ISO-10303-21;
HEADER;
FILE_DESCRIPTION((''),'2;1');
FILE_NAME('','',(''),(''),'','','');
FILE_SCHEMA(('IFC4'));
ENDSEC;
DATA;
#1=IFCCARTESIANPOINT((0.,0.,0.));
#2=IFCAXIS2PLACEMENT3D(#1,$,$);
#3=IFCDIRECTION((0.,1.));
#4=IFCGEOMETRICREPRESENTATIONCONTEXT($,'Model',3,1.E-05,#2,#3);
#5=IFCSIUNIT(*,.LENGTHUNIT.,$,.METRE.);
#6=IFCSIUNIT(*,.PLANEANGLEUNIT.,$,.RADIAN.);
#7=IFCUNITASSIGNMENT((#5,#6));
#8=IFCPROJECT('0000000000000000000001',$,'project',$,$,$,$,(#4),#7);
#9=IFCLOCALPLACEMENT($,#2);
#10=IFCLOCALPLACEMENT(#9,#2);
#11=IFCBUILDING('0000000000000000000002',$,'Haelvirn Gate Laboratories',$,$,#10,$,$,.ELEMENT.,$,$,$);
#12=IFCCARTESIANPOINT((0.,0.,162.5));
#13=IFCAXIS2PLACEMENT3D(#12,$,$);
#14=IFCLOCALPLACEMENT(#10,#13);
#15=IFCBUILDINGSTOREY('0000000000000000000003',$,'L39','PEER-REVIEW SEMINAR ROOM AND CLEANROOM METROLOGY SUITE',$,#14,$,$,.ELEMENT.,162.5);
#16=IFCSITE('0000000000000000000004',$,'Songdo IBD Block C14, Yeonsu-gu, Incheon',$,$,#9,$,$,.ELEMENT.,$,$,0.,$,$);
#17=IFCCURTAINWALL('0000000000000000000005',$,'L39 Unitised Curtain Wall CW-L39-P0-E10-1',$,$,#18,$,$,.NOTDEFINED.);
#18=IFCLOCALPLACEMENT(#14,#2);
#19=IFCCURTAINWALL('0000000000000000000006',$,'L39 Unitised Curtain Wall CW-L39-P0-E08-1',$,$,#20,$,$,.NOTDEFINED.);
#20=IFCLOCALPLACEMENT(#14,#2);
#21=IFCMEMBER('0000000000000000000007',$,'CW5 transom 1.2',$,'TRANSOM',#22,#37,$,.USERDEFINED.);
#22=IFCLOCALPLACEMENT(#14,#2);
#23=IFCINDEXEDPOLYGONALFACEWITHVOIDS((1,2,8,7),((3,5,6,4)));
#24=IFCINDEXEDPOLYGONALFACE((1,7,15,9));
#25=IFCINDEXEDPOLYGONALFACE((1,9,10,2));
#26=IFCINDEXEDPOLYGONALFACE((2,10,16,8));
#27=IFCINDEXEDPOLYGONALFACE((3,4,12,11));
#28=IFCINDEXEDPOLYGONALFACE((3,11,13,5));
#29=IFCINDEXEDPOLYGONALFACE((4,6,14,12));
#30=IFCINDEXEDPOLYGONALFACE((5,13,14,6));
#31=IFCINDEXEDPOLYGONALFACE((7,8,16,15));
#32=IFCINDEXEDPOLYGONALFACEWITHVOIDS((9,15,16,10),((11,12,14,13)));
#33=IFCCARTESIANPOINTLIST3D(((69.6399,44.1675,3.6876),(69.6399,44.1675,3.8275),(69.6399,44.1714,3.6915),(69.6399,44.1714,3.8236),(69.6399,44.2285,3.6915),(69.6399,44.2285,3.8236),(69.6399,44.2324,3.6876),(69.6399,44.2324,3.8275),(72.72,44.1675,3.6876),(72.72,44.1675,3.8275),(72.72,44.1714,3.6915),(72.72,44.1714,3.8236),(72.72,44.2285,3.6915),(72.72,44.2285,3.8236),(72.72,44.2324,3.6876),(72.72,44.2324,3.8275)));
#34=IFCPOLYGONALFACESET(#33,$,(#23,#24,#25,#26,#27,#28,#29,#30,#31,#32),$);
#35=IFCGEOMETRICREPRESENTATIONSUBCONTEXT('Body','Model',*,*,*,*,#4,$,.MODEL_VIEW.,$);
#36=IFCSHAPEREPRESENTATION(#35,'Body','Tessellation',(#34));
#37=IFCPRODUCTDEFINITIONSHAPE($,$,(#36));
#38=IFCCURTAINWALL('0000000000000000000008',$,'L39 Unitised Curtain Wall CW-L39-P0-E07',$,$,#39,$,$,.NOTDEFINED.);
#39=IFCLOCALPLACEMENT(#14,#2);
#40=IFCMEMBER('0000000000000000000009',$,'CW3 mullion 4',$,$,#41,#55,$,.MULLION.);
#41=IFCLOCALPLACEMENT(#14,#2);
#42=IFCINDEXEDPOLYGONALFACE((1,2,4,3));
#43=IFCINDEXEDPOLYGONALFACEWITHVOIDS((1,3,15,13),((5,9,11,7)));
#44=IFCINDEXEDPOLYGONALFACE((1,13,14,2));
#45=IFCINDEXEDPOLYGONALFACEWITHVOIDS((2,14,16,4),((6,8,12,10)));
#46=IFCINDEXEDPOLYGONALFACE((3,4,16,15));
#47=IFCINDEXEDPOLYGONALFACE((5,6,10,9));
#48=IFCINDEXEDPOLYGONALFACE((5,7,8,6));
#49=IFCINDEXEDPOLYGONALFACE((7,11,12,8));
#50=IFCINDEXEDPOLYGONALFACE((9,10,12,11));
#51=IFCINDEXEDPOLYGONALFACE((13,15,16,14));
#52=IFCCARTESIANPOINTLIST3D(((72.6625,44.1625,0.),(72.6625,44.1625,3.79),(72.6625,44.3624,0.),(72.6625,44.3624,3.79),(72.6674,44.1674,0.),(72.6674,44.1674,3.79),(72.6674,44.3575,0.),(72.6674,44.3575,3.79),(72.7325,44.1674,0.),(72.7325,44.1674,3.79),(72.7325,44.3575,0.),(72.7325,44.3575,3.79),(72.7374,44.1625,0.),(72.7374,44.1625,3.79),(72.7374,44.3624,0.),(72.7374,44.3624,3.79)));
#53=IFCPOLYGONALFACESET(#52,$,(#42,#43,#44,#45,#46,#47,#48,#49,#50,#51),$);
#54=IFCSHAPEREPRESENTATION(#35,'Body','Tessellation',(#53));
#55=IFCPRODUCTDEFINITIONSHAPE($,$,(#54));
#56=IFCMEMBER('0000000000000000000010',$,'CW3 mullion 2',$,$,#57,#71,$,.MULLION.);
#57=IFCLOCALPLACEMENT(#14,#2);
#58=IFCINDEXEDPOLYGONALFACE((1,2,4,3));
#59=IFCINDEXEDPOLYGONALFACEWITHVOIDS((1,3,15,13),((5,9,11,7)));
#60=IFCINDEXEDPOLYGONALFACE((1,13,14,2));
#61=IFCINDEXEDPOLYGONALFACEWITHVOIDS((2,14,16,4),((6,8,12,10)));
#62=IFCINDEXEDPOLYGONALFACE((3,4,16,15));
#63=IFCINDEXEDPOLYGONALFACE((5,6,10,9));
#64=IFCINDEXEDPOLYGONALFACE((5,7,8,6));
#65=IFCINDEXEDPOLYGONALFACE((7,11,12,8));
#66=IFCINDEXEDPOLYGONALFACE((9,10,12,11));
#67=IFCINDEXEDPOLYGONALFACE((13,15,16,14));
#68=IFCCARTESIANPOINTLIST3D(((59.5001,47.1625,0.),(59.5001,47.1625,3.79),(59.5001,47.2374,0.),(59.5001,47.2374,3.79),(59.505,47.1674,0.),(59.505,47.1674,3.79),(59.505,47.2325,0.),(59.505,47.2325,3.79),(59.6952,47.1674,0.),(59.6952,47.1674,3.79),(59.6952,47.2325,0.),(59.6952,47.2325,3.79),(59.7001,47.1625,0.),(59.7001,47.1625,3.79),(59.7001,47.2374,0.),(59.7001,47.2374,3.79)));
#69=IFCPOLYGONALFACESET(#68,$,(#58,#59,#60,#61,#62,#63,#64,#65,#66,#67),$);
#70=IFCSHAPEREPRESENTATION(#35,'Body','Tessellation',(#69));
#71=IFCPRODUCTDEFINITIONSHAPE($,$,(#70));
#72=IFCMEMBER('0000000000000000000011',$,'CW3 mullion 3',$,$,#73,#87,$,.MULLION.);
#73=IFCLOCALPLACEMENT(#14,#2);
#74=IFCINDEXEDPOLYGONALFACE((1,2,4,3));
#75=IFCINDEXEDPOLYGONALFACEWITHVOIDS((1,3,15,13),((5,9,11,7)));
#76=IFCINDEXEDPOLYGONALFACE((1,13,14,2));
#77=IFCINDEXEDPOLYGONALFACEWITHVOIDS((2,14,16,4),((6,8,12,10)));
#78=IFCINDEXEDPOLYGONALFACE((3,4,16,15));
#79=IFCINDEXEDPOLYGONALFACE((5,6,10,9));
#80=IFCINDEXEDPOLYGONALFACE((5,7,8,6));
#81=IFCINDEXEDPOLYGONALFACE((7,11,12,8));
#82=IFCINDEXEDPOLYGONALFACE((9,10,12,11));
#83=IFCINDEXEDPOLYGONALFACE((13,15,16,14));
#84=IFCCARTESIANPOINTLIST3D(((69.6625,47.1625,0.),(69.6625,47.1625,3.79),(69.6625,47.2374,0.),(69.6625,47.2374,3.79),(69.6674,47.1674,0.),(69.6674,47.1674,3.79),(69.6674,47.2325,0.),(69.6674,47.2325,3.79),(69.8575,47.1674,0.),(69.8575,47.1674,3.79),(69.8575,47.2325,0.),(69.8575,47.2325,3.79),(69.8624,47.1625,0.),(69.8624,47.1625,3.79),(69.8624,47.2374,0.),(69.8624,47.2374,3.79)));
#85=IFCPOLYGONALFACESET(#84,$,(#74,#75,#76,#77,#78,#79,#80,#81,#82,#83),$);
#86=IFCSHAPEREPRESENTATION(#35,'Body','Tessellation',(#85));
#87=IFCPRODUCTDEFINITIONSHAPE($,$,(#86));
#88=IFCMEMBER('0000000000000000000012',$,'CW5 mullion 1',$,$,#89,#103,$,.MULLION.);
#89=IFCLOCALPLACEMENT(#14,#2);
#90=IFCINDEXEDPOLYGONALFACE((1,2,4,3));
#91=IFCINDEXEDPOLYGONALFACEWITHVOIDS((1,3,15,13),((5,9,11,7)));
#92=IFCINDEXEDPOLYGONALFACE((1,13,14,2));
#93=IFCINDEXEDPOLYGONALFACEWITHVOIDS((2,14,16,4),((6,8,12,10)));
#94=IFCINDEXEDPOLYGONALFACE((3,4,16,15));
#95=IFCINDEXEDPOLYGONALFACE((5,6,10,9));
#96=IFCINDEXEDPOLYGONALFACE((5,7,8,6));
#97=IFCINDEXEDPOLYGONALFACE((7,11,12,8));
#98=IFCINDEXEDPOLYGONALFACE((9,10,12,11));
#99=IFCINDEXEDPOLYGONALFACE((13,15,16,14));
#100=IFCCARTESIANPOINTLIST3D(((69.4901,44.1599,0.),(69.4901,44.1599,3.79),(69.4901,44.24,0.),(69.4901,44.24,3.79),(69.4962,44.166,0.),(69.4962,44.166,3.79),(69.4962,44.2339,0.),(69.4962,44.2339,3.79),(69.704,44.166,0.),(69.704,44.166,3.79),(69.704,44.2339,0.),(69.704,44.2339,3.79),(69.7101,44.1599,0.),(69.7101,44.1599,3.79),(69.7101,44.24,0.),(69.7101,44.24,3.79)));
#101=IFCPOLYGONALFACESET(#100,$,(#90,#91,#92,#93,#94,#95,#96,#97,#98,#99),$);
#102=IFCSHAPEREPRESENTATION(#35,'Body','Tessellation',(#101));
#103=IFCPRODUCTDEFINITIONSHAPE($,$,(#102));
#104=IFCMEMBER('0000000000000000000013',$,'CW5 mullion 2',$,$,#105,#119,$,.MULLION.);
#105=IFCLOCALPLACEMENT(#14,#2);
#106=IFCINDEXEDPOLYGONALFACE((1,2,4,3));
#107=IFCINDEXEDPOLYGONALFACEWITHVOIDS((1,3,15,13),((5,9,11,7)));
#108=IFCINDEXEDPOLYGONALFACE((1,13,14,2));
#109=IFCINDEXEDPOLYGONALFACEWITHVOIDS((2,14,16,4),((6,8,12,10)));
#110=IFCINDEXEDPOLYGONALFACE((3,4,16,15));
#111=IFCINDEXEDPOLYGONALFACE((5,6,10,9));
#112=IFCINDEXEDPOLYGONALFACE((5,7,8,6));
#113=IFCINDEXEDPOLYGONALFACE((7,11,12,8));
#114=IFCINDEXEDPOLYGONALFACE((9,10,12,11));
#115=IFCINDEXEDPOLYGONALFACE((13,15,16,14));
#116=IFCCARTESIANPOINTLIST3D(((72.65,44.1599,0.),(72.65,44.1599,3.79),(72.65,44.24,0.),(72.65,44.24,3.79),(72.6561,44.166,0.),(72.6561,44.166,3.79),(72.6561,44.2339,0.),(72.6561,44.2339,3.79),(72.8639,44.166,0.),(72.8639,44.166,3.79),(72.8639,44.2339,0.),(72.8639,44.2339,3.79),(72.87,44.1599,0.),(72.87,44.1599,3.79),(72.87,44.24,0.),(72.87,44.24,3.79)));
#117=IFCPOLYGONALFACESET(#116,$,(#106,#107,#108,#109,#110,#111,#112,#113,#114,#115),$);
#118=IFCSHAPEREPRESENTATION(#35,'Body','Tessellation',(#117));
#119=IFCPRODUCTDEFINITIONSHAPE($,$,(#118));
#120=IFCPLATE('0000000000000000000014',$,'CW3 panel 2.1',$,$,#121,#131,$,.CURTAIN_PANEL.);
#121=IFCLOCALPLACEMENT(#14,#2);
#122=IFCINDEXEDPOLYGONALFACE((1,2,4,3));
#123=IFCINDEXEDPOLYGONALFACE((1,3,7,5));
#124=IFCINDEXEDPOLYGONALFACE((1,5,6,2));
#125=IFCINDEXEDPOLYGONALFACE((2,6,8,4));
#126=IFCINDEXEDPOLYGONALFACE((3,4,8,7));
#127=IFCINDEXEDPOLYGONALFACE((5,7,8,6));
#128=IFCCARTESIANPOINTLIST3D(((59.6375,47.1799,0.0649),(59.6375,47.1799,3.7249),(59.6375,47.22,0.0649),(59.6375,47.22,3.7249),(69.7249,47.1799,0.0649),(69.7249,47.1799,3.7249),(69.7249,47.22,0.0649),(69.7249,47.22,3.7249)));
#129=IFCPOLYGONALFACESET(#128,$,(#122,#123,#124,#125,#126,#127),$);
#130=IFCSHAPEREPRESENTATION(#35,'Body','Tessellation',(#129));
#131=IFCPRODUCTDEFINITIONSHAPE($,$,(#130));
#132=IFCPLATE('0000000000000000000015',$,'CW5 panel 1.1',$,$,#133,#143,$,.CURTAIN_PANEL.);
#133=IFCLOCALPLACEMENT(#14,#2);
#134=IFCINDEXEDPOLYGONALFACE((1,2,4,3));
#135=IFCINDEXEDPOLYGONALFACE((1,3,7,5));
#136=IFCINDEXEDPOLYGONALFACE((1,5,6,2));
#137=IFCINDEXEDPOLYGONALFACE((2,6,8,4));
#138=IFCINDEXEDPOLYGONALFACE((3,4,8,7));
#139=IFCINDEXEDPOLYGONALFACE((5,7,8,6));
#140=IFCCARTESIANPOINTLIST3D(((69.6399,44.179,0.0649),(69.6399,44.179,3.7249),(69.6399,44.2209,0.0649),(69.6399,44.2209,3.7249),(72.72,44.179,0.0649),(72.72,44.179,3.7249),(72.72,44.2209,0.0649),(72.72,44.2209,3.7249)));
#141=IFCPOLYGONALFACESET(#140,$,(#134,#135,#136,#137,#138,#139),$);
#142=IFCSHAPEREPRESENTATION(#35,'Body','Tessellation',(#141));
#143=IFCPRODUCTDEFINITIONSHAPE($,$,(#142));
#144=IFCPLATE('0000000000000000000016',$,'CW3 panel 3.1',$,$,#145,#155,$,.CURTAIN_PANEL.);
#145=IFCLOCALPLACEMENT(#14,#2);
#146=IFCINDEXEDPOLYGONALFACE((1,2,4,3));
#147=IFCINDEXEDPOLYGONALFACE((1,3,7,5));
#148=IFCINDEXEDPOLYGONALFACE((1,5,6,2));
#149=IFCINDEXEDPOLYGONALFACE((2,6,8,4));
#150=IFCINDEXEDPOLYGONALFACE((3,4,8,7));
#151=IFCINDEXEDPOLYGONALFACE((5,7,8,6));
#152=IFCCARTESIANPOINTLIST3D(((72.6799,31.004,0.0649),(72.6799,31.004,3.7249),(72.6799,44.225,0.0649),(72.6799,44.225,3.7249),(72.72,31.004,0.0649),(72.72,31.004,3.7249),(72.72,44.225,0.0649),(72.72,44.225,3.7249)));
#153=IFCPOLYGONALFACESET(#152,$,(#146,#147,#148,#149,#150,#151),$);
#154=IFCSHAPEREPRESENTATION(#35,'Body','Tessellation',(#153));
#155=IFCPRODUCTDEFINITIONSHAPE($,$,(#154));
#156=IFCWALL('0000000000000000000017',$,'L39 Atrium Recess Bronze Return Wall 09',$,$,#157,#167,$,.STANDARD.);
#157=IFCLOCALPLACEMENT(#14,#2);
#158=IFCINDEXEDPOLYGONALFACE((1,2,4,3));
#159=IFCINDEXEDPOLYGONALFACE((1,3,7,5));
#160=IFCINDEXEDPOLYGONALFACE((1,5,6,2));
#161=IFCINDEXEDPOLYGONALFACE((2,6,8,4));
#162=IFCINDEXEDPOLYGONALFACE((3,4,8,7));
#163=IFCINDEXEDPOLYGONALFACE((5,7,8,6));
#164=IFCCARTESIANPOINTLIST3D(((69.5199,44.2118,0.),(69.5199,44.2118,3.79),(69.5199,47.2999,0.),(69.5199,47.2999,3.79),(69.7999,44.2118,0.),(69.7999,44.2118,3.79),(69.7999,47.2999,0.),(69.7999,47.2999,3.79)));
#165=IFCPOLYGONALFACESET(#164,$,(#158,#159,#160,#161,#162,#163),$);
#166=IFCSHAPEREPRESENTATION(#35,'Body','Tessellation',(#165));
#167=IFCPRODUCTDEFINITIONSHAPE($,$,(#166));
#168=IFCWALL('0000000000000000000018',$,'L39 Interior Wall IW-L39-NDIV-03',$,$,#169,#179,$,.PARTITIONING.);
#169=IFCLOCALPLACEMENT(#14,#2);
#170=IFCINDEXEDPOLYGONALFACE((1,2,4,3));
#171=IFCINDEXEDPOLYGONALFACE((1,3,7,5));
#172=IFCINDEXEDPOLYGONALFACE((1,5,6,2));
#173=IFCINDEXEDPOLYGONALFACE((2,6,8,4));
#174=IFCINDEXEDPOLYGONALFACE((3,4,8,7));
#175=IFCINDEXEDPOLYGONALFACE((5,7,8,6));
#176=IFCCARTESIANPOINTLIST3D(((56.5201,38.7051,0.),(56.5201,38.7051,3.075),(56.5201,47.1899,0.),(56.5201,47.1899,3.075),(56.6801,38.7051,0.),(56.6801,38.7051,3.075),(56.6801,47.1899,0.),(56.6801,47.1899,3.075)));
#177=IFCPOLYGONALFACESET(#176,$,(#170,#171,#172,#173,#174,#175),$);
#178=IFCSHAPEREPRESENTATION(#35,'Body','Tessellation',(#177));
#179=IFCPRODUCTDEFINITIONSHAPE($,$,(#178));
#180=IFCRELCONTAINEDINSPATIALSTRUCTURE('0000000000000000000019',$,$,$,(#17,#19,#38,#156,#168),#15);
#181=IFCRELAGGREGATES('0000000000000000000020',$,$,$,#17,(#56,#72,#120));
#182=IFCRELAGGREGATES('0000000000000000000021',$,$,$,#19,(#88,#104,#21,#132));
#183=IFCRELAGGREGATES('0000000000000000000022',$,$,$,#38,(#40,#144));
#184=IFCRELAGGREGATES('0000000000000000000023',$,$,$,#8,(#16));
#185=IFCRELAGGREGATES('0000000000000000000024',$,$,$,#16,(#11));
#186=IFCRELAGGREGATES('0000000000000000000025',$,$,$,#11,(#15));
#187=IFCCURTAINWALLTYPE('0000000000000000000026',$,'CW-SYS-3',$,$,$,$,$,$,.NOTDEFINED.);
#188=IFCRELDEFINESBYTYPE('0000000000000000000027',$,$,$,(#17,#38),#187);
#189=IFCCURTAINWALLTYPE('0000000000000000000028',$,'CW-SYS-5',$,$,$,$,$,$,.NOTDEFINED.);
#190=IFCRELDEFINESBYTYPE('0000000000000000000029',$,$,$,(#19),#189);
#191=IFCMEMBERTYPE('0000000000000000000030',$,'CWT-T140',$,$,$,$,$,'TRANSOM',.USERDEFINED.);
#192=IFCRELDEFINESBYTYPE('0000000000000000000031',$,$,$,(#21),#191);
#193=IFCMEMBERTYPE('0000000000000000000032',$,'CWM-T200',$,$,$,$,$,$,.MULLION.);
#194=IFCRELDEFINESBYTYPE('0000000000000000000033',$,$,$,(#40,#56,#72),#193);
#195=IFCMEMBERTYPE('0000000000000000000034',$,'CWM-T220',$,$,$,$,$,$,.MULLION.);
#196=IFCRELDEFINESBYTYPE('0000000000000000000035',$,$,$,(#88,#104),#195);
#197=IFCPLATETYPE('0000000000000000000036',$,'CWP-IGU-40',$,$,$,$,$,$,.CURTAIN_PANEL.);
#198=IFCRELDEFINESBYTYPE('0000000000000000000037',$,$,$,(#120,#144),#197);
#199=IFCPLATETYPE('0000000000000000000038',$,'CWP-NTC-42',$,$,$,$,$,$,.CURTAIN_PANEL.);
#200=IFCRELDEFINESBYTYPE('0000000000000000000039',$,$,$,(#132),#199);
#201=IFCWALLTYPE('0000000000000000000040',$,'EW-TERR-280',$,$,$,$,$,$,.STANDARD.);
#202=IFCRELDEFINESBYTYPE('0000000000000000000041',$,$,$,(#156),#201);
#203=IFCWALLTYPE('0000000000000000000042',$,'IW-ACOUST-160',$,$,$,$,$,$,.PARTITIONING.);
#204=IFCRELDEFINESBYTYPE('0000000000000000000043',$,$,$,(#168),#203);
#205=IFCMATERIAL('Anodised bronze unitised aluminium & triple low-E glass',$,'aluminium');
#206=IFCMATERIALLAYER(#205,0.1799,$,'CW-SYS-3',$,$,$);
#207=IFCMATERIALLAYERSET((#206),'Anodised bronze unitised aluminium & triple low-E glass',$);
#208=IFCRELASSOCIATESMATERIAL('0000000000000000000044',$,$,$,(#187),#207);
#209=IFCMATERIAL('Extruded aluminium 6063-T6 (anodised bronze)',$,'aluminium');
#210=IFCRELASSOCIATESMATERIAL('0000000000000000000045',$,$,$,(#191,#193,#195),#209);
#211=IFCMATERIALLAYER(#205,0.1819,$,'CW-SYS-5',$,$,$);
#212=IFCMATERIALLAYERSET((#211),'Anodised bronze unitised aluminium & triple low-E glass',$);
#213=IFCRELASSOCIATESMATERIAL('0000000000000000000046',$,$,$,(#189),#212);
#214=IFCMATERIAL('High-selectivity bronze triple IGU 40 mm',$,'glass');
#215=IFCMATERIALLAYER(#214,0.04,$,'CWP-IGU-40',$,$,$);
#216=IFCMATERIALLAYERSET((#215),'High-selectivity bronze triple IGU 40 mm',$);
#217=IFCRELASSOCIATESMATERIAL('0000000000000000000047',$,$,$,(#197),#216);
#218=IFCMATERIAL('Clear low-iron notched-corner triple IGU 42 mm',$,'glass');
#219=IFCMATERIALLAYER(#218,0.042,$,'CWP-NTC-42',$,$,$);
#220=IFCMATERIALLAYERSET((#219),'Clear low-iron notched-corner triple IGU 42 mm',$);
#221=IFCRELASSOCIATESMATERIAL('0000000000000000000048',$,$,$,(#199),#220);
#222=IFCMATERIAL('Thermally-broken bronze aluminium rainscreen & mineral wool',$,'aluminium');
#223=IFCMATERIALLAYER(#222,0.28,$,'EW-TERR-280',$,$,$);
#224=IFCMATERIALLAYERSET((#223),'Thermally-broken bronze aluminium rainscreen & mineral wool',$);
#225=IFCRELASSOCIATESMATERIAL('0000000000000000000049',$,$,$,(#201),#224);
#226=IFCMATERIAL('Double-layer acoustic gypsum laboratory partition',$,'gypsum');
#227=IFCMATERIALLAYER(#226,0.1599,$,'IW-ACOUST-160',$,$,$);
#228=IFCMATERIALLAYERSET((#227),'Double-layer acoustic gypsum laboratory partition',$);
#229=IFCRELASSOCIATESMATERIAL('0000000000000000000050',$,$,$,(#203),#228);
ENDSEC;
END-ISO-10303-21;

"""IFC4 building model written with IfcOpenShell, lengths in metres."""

from ifc_helpers import new_model, si_unit, direction, frame, frame_2d, origin, origin_2d, place, context, subcontext, project, spatial, rectangle, hollow_rectangle, extrude, source, transform, mapped, material, layer, layer_set, material_profile, profile_set, type_object, type_shapes, element, aggregate, save


model = new_model("IFC4")

# Units and contexts
model_context = context("Model", 3, precision=1e-05, world=origin(), true_north=direction((0.0, 1.0)))
body_context = subcontext(model_context, "Body", "Model", "MODEL_VIEW")
ifc_project = project(units=[si_unit("LENGTHUNIT", "METRE"), si_unit("PLANEANGLEUNIT", "RADIAN")], contexts=[model_context])

# Site, building, storey
site_placement = place(None, origin())
site = spatial("IfcSite", under=ifc_project, at=site_placement, Name="Songdo IBD Block C14, Yeonsu-gu, Incheon", CompositionType="ELEMENT", RefElevation=0.0)
building_placement = place(site_placement, origin())
building = spatial("IfcBuilding", under=site, at=building_placement, Name="Haelvirn Gate Laboratories", CompositionType="ELEMENT")
storey_placement = place(building_placement, frame((0.0, 0.0, 162.5)))
storey = spatial("IfcBuildingStorey", under=building, at=storey_placement, Name="L39", Description="PEER-REVIEW SEMINAR ROOM AND CLEANROOM METROLOGY SUITE", CompositionType="ELEMENT", Elevation=162.5)

# Curtain walls, member
ifc_material_1 = material(Name="Anodised bronze unitised aluminium & triple low-E glass", Category="aluminium")
ifc_layer_1 = layer(ifc_material_1, 0.1799, Name="CW-SYS-3")
ifc_layer_set_1 = layer_set([ifc_layer_1], Name="Anodised bronze unitised aluminium & triple low-E glass")
curtain_wall_type_1 = type_object("IfcCurtainWallType", Name="CW-SYS-3", PredefinedType="NOTDEFINED", material=ifc_layer_set_1)
curtain_wall_1_placement = place(storey_placement, origin())
curtain_wall_1 = element("IfcCurtainWall", 1, at=curtain_wall_1_placement, inside=storey, type_object=curtain_wall_type_1, Name="L39 Unitised Curtain Wall CW-L39-P0-E10-1", PredefinedType="NOTDEFINED")
ifc_material_2 = material(Name="Extruded aluminium 6063-T6 (anodised bronze)", Category="aluminium")
ifc_material_profile_1 = material_profile(ifc_material_2, hollow_rectangle(XDim=0.0649, YDim=0.1399, WallThickness=0.0039, at=origin_2d()), Name="CWT-140x65x4")
ifc_profile_set_1 = profile_set([ifc_material_profile_1], Name="Extruded aluminium 6063-T6 (anodised bronze)")
member_type_1 = type_object("IfcMemberType", Name="CWT-T140", ElementType="TRANSOM", PredefinedType="USERDEFINED", material=ifc_profile_set_1)
ifc_layer_2 = layer(ifc_material_1, 0.1819, Name="CW-SYS-5")
ifc_layer_set_2 = layer_set([ifc_layer_2], Name="Anodised bronze unitised aluminium & triple low-E glass")
curtain_wall_type_2 = type_object("IfcCurtainWallType", Name="CW-SYS-5", PredefinedType="NOTDEFINED", material=ifc_layer_set_2)
curtain_wall_2_placement = place(storey_placement, origin())
curtain_wall_2 = element("IfcCurtainWall", 2, at=curtain_wall_2_placement, inside=storey, type_object=curtain_wall_type_2, Name="L39 Unitised Curtain Wall CW-L39-P0-E08-1", PredefinedType="NOTDEFINED")
shared_shape_1 = source(origin(), body_context, "Body", "SweptSolid", [
    extrude(hollow_rectangle(XDim=0.0649, YDim=0.1399, WallThickness=0.0039, at=origin_2d()), origin(), (0.0, 0.0, 1.0), 3.0801),
])
member_1_placement = place(storey_placement, frame((69.6399, 44.2, 3.7576), z_axis=(1.0, 0.0, 0.0), x_axis=(0.0, 1.0, 0.0)))
member_1 = element("IfcMember", 3, at=member_1_placement, type_object=member_type_1, Name="CW5 transom 1.2", ObjectType="TRANSOM", PredefinedType="USERDEFINED", context=body_context, shape_type="MappedRepresentation", body=[
    mapped(shared_shape_1, transform((0.0, 0.0, 0.0), scale=1.0)),
])

# Curtain wall, member
curtain_wall_3_placement = place(storey_placement, origin())
curtain_wall_3 = element("IfcCurtainWall", 4, at=curtain_wall_3_placement, inside=storey, type_object=curtain_wall_type_1, Name="L39 Unitised Curtain Wall CW-L39-P0-E07", PredefinedType="NOTDEFINED")
ifc_material_profile_2 = material_profile(ifc_material_2, hollow_rectangle(XDim=0.075, YDim=0.2, WallThickness=0.0049, at=origin_2d()), Name="CWM-200x75x5")
ifc_profile_set_2 = profile_set([ifc_material_profile_2], Name="Extruded aluminium 6063-T6 (anodised bronze)")
member_type_2 = type_object("IfcMemberType", Name="CWM-T200", PredefinedType="MULLION", material=ifc_profile_set_2)
shared_shape_2 = source(origin(), body_context, "Body", "SweptSolid", [
    extrude(hollow_rectangle(XDim=0.075, YDim=0.2, WallThickness=0.0049, at=origin_2d()), origin(), (0.0, 0.0, 1.0), 3.79),
])
type_shapes(member_type_2, [shared_shape_2])
member_2_placement = place(storey_placement, frame((72.7, 44.2625, 0.0), z_axis=(0.0, 0.0, 1.0), x_axis=(-1.0, 0.0, 0.0)))
member_2 = element("IfcMember", 5, at=member_2_placement, type_object=member_type_2, Name="CW3 mullion 4", PredefinedType="MULLION", context=body_context, shape_type="MappedRepresentation", body=[
    mapped(shared_shape_2, transform((0.0, 0.0, 0.0), scale=1.0)),
])

# Members
member_3_placement = place(storey_placement, frame((59.6001, 47.2, 0.0), z_axis=(0.0, 0.0, 1.0), x_axis=(0.0, 1.0, 0.0)))
member_3 = element("IfcMember", 6, at=member_3_placement, type_object=member_type_2, Name="CW3 mullion 2", PredefinedType="MULLION", context=body_context, shape_type="MappedRepresentation", body=[
    mapped(shared_shape_2, transform((0.0, 0.0, 0.0), scale=1.0)),
])
member_4_placement = place(storey_placement, frame((69.7625, 47.2, 0.0), z_axis=(0.0, 0.0, 1.0), x_axis=(0.0, 1.0, 0.0)))
member_4 = element("IfcMember", 7, at=member_4_placement, type_object=member_type_2, Name="CW3 mullion 3", PredefinedType="MULLION", context=body_context, shape_type="MappedRepresentation", body=[
    mapped(shared_shape_2, transform((0.0, 0.0, 0.0), scale=1.0)),
])
ifc_material_profile_3 = material_profile(ifc_material_2, hollow_rectangle(XDim=0.0801, YDim=0.22, WallThickness=0.0061, at=origin_2d()), Name="CWM-220x80x6")
ifc_profile_set_3 = profile_set([ifc_material_profile_3], Name="Extruded aluminium 6063-T6 (anodised bronze)")
member_type_3 = type_object("IfcMemberType", Name="CWM-T220", PredefinedType="MULLION", material=ifc_profile_set_3)
shared_shape_3 = source(origin(), body_context, "Body", "SweptSolid", [
    extrude(hollow_rectangle(XDim=0.0801, YDim=0.22, WallThickness=0.0061, at=origin_2d()), origin(), (0.0, 0.0, 1.0), 3.79),
])
type_shapes(member_type_3, [shared_shape_3])
member_5_placement = place(storey_placement, frame((69.6001, 44.2, 0.0), z_axis=(0.0, 0.0, 1.0), x_axis=(0.0, 1.0, 0.0)))
member_5 = element("IfcMember", 8, at=member_5_placement, type_object=member_type_3, Name="CW5 mullion 1", PredefinedType="MULLION", context=body_context, shape_type="MappedRepresentation", body=[
    mapped(shared_shape_3, transform((0.0, 0.0, 0.0), scale=1.0)),
])
member_6_placement = place(storey_placement, frame((72.76, 44.2, 0.0), z_axis=(0.0, 0.0, 1.0), x_axis=(0.0, 1.0, 0.0)))
member_6 = element("IfcMember", 9, at=member_6_placement, type_object=member_type_3, Name="CW5 mullion 2", PredefinedType="MULLION", context=body_context, shape_type="MappedRepresentation", body=[
    mapped(shared_shape_3, transform((0.0, 0.0, 0.0), scale=1.0)),
])

# Plates
ifc_material_3 = material(Name="High-selectivity bronze triple IGU 40 mm", Category="glass")
ifc_layer_3 = layer(ifc_material_3, 0.04, Name="CWP-IGU-40")
ifc_layer_set_3 = layer_set([ifc_layer_3], Name="High-selectivity bronze triple IGU 40 mm")
plate_type_1 = type_object("IfcPlateType", Name="CWP-IGU-40", PredefinedType="CURTAIN_PANEL", material=ifc_layer_set_3)
shared_shape_4 = source(origin(), body_context, "Body", "SweptSolid", [
    extrude(rectangle(XDim=10.0874, YDim=0.04, at=origin_2d()), origin(), (0.0, 0.0, 1.0), 3.6599),
])
plate_1_placement = place(storey_placement, frame((64.6812, 47.2, 0.0649), z_axis=(0.0, 0.0, 1.0), x_axis=(1.0, 0.0, 0.0)))
plate_1 = element("IfcPlate", 10, at=plate_1_placement, type_object=plate_type_1, Name="CW3 panel 2.1", PredefinedType="CURTAIN_PANEL", context=body_context, shape_type="MappedRepresentation", body=[
    mapped(shared_shape_4, transform((0.0, 0.0, 0.0), scale=1.0)),
])
aggregate(curtain_wall_1, [member_3, member_4, plate_1])
ifc_material_4 = material(Name="Clear low-iron notched-corner triple IGU 42 mm", Category="glass")
ifc_layer_4 = layer(ifc_material_4, 0.042, Name="CWP-NTC-42")
ifc_layer_set_4 = layer_set([ifc_layer_4], Name="Clear low-iron notched-corner triple IGU 42 mm")
plate_type_2 = type_object("IfcPlateType", Name="CWP-NTC-42", PredefinedType="CURTAIN_PANEL", material=ifc_layer_set_4)
shared_shape_5 = source(origin(), body_context, "Body", "SweptSolid", [
    extrude(rectangle(XDim=3.0801, YDim=0.042, at=origin_2d()), origin(), (0.0, 0.0, 1.0), 3.6599),
])
type_shapes(plate_type_2, [shared_shape_5])
plate_2_placement = place(storey_placement, frame((71.1799, 44.2, 0.0649), z_axis=(0.0, 0.0, 1.0), x_axis=(1.0, 0.0, 0.0)))
plate_2 = element("IfcPlate", 11, at=plate_2_placement, type_object=plate_type_2, Name="CW5 panel 1.1", PredefinedType="CURTAIN_PANEL", context=body_context, shape_type="MappedRepresentation", body=[
    mapped(shared_shape_5, transform((0.0, 0.0, 0.0), scale=1.0)),
])
aggregate(curtain_wall_2, [member_5, member_6, member_1, plate_2])
shared_shape_6 = source(origin(), body_context, "Body", "SweptSolid", [
    extrude(rectangle(XDim=13.2209, YDim=0.04, at=origin_2d()), origin(), (0.0, 0.0, 1.0), 3.6599),
])
type_shapes(plate_type_1, [shared_shape_4, shared_shape_6])
plate_3_placement = place(storey_placement, frame((72.7, 37.6145, 0.0649), z_axis=(0.0, 0.0, 1.0), x_axis=(0.0, 1.0, 0.0)))
plate_3 = element("IfcPlate", 12, at=plate_3_placement, type_object=plate_type_1, Name="CW3 panel 3.1", PredefinedType="CURTAIN_PANEL", context=body_context, shape_type="MappedRepresentation", body=[
    mapped(shared_shape_6, transform((0.0, 0.0, 0.0), scale=1.0)),
])
aggregate(curtain_wall_3, [member_2, plate_3])

# Walls
ifc_material_5 = material(Name="Thermally-broken bronze aluminium rainscreen & mineral wool", Category="aluminium")
ifc_layer_5 = layer(ifc_material_5, 0.28, Name="EW-TERR-280")
ifc_layer_set_5 = layer_set([ifc_layer_5], Name="Thermally-broken bronze aluminium rainscreen & mineral wool")
wall_type_1 = type_object("IfcWallType", Name="EW-TERR-280", PredefinedType="STANDARD", material=ifc_layer_set_5)
wall_1_placement = place(storey_placement, frame((69.6599, 44.2119, 0.0), z_axis=(0.0, 0.0, 1.0), x_axis=(0.0, 1.0, 0.0)))
element("IfcWall", 13, at=wall_1_placement, inside=storey, type_object=wall_type_1, Name="L39 Atrium Recess Bronze Return Wall 09", PredefinedType="STANDARD", context=body_context, shape_type="SweptSolid", body=[
    extrude(rectangle(XDim=3.0881, YDim=0.28, at=frame_2d((1.5439, 0.0))), origin(), (0.0, 0.0, 1.0), 3.79),
])
ifc_material_6 = material(Name="Double-layer acoustic gypsum laboratory partition", Category="gypsum")
ifc_layer_6 = layer(ifc_material_6, 0.1599, Name="IW-ACOUST-160")
ifc_layer_set_6 = layer_set([ifc_layer_6], Name="Double-layer acoustic gypsum laboratory partition")
wall_type_2 = type_object("IfcWallType", Name="IW-ACOUST-160", PredefinedType="PARTITIONING", material=ifc_layer_set_6)
wall_2_placement = place(storey_placement, frame((56.6001, 38.7051, 0.0), z_axis=(0.0, 0.0, 1.0), x_axis=(0.0, 1.0, 0.0)))
element("IfcWall", 14, at=wall_2_placement, inside=storey, type_object=wall_type_2, Name="L39 Interior Wall IW-L39-NDIV-03", PredefinedType="PARTITIONING", context=body_context, shape_type="SweptSolid", body=[
    extrude(rectangle(XDim=8.4849, YDim=0.1599, at=frame_2d((4.2424, 0.0))), origin(), (0.0, 0.0, 1.0), 3.075),
])

save(model, "model.ifc")
